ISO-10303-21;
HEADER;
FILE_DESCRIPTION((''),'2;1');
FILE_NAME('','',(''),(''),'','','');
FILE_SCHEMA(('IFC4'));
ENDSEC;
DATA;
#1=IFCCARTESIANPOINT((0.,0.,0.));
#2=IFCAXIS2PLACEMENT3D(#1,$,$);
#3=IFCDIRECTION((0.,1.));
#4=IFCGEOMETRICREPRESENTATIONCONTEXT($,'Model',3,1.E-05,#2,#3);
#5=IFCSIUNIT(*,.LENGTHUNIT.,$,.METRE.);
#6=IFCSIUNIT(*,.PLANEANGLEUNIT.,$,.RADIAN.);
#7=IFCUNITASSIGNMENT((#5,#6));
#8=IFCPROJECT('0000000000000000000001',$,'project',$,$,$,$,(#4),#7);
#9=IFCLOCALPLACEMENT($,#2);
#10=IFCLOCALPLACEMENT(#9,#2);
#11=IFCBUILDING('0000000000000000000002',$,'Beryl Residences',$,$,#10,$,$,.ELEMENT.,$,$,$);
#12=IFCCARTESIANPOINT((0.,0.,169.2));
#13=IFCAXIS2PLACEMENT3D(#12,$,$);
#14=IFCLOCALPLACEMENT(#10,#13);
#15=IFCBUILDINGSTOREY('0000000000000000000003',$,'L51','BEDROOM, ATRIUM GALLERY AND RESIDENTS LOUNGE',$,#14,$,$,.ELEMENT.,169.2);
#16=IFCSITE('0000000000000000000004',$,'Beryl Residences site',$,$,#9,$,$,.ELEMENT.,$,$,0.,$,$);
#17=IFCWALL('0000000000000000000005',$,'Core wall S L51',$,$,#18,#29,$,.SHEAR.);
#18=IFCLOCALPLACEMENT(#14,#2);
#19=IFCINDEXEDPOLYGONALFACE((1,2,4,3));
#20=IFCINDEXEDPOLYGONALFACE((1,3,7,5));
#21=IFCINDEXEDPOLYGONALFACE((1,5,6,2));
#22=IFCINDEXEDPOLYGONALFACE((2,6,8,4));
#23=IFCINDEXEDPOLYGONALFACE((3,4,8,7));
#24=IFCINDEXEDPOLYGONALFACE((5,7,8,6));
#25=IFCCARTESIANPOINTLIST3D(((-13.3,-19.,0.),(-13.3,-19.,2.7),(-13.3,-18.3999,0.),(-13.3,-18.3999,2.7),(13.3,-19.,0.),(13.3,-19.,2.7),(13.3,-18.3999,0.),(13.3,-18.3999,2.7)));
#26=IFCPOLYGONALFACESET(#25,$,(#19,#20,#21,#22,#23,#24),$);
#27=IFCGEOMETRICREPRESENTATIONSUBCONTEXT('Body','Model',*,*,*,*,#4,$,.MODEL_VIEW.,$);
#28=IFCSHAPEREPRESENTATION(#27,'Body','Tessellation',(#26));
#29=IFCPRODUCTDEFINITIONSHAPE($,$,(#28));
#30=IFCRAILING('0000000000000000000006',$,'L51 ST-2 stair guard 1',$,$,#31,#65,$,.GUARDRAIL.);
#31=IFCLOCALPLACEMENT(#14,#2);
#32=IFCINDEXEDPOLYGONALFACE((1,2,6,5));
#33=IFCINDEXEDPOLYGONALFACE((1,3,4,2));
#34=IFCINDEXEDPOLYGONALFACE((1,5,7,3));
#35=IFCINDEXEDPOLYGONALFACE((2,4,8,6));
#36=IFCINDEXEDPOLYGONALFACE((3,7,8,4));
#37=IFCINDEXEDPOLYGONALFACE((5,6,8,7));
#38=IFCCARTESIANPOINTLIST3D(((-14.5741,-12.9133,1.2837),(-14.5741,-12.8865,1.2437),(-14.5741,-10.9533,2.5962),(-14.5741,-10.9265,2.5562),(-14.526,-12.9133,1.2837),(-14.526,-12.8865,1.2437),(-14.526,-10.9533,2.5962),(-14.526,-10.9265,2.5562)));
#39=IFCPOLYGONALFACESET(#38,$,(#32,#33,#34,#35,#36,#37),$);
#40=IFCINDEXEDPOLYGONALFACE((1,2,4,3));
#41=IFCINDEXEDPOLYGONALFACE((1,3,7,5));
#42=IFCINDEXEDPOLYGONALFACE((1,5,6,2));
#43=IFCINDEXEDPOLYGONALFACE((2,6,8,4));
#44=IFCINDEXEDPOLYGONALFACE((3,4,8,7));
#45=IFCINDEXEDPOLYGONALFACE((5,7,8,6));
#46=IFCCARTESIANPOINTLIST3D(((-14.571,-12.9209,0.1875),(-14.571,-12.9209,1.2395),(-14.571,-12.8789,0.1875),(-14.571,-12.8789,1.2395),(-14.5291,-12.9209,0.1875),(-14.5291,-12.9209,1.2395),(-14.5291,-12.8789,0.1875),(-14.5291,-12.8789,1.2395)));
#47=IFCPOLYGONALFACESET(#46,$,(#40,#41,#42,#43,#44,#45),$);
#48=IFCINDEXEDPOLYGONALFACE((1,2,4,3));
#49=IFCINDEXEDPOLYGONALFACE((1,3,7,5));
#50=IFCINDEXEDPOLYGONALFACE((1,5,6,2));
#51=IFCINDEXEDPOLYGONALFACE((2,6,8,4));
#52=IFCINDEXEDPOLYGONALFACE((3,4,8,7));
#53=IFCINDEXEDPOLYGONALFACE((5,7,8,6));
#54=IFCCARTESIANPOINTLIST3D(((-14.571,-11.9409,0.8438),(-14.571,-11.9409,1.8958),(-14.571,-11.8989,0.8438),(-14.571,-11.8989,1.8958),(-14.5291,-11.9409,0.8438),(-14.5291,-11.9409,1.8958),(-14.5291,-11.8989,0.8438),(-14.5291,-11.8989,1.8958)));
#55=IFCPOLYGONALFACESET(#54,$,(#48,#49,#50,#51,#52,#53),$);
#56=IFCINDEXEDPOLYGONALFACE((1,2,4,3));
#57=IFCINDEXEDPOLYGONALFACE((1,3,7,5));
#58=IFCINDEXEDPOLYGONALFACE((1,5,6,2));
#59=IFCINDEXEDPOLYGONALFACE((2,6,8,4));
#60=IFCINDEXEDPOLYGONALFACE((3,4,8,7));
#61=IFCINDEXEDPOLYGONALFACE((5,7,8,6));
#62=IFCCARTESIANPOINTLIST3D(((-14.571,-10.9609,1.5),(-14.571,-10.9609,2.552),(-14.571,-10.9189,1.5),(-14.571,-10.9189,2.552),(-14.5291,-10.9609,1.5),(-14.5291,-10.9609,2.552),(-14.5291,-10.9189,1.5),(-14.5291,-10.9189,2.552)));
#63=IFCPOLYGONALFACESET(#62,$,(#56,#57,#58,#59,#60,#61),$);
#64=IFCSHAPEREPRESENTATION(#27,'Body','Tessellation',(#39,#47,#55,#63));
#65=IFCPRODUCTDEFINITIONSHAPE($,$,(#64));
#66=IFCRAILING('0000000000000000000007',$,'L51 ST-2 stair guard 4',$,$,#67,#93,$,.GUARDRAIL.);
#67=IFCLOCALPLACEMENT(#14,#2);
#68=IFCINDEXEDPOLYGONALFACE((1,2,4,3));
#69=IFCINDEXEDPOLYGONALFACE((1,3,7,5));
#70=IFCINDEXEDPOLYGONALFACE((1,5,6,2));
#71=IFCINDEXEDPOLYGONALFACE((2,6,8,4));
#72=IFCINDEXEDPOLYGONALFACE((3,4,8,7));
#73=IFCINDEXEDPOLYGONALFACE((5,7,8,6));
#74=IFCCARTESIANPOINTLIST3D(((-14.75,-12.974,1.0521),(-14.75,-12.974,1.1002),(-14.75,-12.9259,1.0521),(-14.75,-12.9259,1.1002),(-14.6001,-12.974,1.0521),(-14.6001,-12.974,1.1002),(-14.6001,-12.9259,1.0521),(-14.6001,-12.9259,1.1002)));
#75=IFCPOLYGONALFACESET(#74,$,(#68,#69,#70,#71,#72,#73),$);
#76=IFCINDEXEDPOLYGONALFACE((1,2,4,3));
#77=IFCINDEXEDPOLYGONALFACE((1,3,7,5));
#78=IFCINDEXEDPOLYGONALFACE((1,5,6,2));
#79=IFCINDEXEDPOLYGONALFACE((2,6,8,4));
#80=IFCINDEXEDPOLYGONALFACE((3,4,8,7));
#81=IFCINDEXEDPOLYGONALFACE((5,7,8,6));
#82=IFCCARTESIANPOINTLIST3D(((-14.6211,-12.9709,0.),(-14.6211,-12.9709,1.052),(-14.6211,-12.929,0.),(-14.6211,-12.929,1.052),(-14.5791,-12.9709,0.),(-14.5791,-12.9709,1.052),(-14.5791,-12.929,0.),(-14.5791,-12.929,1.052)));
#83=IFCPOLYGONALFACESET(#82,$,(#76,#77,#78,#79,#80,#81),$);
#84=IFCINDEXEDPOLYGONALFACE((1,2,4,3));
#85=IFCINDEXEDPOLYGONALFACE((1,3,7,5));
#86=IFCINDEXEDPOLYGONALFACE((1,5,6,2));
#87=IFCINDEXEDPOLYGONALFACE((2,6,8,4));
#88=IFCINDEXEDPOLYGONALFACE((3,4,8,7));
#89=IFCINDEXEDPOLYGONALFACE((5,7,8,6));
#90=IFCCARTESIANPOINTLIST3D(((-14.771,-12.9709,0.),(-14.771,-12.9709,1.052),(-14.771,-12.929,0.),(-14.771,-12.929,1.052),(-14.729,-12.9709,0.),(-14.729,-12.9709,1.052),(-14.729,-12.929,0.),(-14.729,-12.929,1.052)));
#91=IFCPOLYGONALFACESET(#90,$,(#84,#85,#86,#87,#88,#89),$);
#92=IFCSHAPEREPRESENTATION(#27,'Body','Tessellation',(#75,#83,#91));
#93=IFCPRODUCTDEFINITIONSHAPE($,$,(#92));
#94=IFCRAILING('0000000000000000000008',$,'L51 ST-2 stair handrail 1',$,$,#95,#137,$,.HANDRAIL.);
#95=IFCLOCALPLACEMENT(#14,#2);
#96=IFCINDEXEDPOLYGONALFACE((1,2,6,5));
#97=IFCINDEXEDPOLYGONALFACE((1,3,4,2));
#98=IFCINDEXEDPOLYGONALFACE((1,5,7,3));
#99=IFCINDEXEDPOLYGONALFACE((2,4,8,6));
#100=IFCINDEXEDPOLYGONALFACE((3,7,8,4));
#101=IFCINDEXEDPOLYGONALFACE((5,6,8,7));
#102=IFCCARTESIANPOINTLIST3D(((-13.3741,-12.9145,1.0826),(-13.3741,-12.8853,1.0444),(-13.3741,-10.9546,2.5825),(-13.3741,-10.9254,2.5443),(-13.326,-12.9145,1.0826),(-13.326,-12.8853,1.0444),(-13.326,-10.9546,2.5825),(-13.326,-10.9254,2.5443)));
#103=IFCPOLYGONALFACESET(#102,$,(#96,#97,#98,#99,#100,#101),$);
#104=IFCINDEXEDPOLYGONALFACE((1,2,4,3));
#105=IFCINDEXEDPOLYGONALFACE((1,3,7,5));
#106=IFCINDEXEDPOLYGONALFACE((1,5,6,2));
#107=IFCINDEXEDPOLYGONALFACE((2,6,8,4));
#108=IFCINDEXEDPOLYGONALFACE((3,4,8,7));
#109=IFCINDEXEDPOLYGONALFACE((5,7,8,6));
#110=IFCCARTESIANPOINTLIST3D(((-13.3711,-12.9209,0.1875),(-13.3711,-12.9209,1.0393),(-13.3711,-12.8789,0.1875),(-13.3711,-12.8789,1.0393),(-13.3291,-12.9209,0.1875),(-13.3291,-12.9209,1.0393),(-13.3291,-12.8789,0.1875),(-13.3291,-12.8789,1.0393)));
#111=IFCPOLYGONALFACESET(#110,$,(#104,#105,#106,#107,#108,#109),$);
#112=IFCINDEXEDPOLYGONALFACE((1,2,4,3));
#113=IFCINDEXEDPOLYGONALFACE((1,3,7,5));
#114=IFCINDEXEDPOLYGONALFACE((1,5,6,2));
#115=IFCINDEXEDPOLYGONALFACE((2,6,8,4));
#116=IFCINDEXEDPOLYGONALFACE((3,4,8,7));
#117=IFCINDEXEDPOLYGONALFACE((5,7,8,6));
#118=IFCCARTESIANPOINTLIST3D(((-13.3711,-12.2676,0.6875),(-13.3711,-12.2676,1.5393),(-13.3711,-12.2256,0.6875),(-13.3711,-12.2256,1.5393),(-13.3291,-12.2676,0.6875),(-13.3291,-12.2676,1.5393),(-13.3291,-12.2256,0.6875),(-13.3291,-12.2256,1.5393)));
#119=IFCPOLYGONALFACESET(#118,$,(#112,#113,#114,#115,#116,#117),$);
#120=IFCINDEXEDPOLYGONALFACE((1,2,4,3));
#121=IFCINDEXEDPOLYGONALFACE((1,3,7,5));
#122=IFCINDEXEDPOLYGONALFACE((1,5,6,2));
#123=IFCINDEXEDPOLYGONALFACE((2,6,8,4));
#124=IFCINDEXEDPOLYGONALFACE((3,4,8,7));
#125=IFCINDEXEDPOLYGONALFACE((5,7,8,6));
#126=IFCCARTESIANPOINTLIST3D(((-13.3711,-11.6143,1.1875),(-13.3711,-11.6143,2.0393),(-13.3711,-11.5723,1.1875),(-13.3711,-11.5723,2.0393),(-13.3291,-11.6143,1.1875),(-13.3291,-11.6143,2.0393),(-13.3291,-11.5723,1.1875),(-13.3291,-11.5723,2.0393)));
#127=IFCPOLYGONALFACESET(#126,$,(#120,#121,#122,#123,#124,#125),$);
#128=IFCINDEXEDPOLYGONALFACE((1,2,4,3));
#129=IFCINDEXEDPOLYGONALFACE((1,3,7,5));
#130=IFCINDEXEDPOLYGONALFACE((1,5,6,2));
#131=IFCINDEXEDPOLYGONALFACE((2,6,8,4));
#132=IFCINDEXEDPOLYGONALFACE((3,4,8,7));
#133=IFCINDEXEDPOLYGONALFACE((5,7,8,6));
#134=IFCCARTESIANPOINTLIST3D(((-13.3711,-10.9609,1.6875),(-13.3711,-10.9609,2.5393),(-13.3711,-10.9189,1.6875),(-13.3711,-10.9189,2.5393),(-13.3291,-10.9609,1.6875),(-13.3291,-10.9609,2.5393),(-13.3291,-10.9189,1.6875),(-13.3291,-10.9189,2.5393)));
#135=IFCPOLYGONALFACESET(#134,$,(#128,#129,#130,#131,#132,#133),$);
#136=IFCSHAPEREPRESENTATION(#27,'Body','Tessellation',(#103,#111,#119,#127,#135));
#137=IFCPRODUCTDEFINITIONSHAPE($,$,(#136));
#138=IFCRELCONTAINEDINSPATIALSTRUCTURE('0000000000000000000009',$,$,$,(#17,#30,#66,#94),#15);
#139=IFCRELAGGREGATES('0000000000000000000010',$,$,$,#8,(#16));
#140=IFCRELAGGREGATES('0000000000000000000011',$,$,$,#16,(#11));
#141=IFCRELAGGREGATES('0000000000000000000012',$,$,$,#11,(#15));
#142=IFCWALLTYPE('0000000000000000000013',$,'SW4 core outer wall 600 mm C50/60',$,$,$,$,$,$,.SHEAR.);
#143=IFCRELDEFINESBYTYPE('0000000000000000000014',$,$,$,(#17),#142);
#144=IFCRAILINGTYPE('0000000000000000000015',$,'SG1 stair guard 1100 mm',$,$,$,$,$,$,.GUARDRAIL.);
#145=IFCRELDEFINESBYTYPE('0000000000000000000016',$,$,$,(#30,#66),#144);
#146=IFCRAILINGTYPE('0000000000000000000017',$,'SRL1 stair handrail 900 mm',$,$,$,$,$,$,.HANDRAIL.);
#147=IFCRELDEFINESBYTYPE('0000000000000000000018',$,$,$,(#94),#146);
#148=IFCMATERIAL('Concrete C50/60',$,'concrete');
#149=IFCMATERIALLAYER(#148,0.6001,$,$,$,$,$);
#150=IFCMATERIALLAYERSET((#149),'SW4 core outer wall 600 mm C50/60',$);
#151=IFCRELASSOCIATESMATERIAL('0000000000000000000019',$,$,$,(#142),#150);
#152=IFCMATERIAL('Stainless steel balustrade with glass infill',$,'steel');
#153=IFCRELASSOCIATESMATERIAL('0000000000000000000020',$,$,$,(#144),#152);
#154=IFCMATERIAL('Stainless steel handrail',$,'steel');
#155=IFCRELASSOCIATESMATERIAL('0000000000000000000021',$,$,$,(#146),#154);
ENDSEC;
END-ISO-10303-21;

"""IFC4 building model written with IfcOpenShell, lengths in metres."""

from ifc_helpers import new_model, si_unit, direction, frame, frame_2d, origin, origin_2d, place, context, subcontext, project, spatial, rectangle, extrude, material, layer, layer_set, type_object, element, save


model = new_model("IFC4")

# Units and contexts
model_context = context("Model", 3, precision=1e-05, world=origin(), true_north=direction((0.0, 1.0)))
body_context = subcontext(model_context, "Body", "Model", "MODEL_VIEW")
ifc_project = project(units=[si_unit("LENGTHUNIT", "METRE"), si_unit("PLANEANGLEUNIT", "RADIAN")], contexts=[model_context])

# Site, building, storey
site_placement = place(None, origin())
site = spatial("IfcSite", under=ifc_project, at=site_placement, Name="Beryl Residences site", CompositionType="ELEMENT", RefElevation=0.0)
building_placement = place(site_placement, origin())
building = spatial("IfcBuilding", under=site, at=building_placement, Name="Beryl Residences", CompositionType="ELEMENT")
storey_placement = place(building_placement, frame((0.0, 0.0, 169.2)))
storey = spatial("IfcBuildingStorey", under=building, at=storey_placement, Name="L51", Description="BEDROOM, ATRIUM GALLERY AND RESIDENTS LOUNGE", CompositionType="ELEMENT", Elevation=169.2)

# Wall
ifc_material_1 = material(Name="Concrete C50/60", Category="concrete")
ifc_layer_1 = layer(ifc_material_1, 0.6001)
ifc_layer_set_1 = layer_set([ifc_layer_1], Name="SW4 core outer wall 600 mm C50/60")
wall_type_1 = type_object("IfcWallType", Name="SW4 core outer wall 600 mm C50/60", PredefinedType="SHEAR", material=ifc_layer_set_1)
wall_1_placement = place(storey_placement, frame((-13.3, -18.7, 0.0), z_axis=(0.0, 0.0, 1.0), x_axis=(1.0, 0.0, 0.0)))
element("IfcWall", 1, at=wall_1_placement, inside=storey, type_object=wall_type_1, Name="Core wall S L51", PredefinedType="SHEAR", context=body_context, shape_type="SweptSolid", body=[
    extrude(rectangle(XDim=26.6001, YDim=0.6001, at=frame_2d((13.3, 0.0))), origin(), (0.0, 0.0, 1.0), 2.7),
])

# Railings
ifc_material_2 = material(Name="Stainless steel balustrade with glass infill", Category="steel")
railing_type_1 = type_object("IfcRailingType", Name="SG1 stair guard 1100 mm", PredefinedType="GUARDRAIL", material=ifc_material_2)
railing_1_placement = place(storey_placement, frame((-14.55, -12.8999, 0.1875)))
element("IfcRailing", 2, at=railing_1_placement, inside=storey, type_object=railing_type_1, Name="L51 ST-2 stair guard 1", PredefinedType="GUARDRAIL", context=body_context, shape_type="SweptSolid", body=[
    extrude(rectangle(XDim=0.0481, YDim=0.0481, at=origin_2d()), frame((0.0, 0.0, 1.0762), z_axis=(0.0, 0.830902, 0.556419), x_axis=(-1.0, 0.0, 0.0)), (0.0, 0.0, 1.0), 2.3589),
    extrude(rectangle(XDim=0.042, YDim=0.042, at=origin_2d()), origin(), (0.0, 0.0, 1.0), 1.052),
    extrude(rectangle(XDim=0.042, YDim=0.042, at=origin_2d()), frame((0.0, 0.98, 0.6562)), (0.0, 0.0, 1.0), 1.052),
    extrude(rectangle(XDim=0.042, YDim=0.042, at=origin_2d()), frame((0.0, 1.96, 1.3125)), (0.0, 0.0, 1.0), 1.052),
])
railing_2_placement = place(storey_placement, frame((-14.6001, -12.95, 0.0)))
element("IfcRailing", 3, at=railing_2_placement, inside=storey, type_object=railing_type_1, Name="L51 ST-2 stair guard 4", PredefinedType="GUARDRAIL", context=body_context, shape_type="SweptSolid", body=[
    extrude(rectangle(XDim=0.0481, YDim=0.0481, at=origin_2d()), frame((0.0, 0.0, 1.0762), z_axis=(-1.0, 0.0, 0.0), x_axis=(0.0, -1.0, 0.0)), (0.0, 0.0, 1.0), 0.1499),
    extrude(rectangle(XDim=0.042, YDim=0.042, at=origin_2d()), origin(), (0.0, 0.0, 1.0), 1.052),
    extrude(rectangle(XDim=0.042, YDim=0.042, at=origin_2d()), frame((-0.1499, 0.0, 0.0)), (0.0, 0.0, 1.0), 1.052),
])
ifc_material_3 = material(Name="Stainless steel handrail", Category="steel")
railing_type_2 = type_object("IfcRailingType", Name="SRL1 stair handrail 900 mm", PredefinedType="HANDRAIL", material=ifc_material_3)
railing_3_placement = place(storey_placement, frame((-13.3501, -12.8999, 0.1875)))
element("IfcRailing", 4, at=railing_3_placement, inside=storey, type_object=railing_type_2, Name="L51 ST-2 stair handrail 1", PredefinedType="HANDRAIL", context=body_context, shape_type="SweptSolid", body=[
    extrude(rectangle(XDim=0.0481, YDim=0.0481, at=origin_2d()), frame((0.0, 0.0, 0.876), z_axis=(0.0, 0.794122, 0.607758), x_axis=(-1.0, 0.0, 0.0)), (0.0, 0.0, 1.0), 2.468),
    extrude(rectangle(XDim=0.042, YDim=0.042, at=origin_2d()), origin(), (0.0, 0.0, 1.0), 0.8518),
    extrude(rectangle(XDim=0.042, YDim=0.042, at=origin_2d()), frame((0.0, 0.6533, 0.5)), (0.0, 0.0, 1.0), 0.8518),
    extrude(rectangle(XDim=0.042, YDim=0.042, at=origin_2d()), frame((0.0, 1.3066, 1.0)), (0.0, 0.0, 1.0), 0.8518),
    extrude(rectangle(XDim=0.042, YDim=0.042, at=origin_2d()), frame((0.0, 1.96, 1.5)), (0.0, 0.0, 1.0), 0.8518),
])

save(model, "model.ifc")
